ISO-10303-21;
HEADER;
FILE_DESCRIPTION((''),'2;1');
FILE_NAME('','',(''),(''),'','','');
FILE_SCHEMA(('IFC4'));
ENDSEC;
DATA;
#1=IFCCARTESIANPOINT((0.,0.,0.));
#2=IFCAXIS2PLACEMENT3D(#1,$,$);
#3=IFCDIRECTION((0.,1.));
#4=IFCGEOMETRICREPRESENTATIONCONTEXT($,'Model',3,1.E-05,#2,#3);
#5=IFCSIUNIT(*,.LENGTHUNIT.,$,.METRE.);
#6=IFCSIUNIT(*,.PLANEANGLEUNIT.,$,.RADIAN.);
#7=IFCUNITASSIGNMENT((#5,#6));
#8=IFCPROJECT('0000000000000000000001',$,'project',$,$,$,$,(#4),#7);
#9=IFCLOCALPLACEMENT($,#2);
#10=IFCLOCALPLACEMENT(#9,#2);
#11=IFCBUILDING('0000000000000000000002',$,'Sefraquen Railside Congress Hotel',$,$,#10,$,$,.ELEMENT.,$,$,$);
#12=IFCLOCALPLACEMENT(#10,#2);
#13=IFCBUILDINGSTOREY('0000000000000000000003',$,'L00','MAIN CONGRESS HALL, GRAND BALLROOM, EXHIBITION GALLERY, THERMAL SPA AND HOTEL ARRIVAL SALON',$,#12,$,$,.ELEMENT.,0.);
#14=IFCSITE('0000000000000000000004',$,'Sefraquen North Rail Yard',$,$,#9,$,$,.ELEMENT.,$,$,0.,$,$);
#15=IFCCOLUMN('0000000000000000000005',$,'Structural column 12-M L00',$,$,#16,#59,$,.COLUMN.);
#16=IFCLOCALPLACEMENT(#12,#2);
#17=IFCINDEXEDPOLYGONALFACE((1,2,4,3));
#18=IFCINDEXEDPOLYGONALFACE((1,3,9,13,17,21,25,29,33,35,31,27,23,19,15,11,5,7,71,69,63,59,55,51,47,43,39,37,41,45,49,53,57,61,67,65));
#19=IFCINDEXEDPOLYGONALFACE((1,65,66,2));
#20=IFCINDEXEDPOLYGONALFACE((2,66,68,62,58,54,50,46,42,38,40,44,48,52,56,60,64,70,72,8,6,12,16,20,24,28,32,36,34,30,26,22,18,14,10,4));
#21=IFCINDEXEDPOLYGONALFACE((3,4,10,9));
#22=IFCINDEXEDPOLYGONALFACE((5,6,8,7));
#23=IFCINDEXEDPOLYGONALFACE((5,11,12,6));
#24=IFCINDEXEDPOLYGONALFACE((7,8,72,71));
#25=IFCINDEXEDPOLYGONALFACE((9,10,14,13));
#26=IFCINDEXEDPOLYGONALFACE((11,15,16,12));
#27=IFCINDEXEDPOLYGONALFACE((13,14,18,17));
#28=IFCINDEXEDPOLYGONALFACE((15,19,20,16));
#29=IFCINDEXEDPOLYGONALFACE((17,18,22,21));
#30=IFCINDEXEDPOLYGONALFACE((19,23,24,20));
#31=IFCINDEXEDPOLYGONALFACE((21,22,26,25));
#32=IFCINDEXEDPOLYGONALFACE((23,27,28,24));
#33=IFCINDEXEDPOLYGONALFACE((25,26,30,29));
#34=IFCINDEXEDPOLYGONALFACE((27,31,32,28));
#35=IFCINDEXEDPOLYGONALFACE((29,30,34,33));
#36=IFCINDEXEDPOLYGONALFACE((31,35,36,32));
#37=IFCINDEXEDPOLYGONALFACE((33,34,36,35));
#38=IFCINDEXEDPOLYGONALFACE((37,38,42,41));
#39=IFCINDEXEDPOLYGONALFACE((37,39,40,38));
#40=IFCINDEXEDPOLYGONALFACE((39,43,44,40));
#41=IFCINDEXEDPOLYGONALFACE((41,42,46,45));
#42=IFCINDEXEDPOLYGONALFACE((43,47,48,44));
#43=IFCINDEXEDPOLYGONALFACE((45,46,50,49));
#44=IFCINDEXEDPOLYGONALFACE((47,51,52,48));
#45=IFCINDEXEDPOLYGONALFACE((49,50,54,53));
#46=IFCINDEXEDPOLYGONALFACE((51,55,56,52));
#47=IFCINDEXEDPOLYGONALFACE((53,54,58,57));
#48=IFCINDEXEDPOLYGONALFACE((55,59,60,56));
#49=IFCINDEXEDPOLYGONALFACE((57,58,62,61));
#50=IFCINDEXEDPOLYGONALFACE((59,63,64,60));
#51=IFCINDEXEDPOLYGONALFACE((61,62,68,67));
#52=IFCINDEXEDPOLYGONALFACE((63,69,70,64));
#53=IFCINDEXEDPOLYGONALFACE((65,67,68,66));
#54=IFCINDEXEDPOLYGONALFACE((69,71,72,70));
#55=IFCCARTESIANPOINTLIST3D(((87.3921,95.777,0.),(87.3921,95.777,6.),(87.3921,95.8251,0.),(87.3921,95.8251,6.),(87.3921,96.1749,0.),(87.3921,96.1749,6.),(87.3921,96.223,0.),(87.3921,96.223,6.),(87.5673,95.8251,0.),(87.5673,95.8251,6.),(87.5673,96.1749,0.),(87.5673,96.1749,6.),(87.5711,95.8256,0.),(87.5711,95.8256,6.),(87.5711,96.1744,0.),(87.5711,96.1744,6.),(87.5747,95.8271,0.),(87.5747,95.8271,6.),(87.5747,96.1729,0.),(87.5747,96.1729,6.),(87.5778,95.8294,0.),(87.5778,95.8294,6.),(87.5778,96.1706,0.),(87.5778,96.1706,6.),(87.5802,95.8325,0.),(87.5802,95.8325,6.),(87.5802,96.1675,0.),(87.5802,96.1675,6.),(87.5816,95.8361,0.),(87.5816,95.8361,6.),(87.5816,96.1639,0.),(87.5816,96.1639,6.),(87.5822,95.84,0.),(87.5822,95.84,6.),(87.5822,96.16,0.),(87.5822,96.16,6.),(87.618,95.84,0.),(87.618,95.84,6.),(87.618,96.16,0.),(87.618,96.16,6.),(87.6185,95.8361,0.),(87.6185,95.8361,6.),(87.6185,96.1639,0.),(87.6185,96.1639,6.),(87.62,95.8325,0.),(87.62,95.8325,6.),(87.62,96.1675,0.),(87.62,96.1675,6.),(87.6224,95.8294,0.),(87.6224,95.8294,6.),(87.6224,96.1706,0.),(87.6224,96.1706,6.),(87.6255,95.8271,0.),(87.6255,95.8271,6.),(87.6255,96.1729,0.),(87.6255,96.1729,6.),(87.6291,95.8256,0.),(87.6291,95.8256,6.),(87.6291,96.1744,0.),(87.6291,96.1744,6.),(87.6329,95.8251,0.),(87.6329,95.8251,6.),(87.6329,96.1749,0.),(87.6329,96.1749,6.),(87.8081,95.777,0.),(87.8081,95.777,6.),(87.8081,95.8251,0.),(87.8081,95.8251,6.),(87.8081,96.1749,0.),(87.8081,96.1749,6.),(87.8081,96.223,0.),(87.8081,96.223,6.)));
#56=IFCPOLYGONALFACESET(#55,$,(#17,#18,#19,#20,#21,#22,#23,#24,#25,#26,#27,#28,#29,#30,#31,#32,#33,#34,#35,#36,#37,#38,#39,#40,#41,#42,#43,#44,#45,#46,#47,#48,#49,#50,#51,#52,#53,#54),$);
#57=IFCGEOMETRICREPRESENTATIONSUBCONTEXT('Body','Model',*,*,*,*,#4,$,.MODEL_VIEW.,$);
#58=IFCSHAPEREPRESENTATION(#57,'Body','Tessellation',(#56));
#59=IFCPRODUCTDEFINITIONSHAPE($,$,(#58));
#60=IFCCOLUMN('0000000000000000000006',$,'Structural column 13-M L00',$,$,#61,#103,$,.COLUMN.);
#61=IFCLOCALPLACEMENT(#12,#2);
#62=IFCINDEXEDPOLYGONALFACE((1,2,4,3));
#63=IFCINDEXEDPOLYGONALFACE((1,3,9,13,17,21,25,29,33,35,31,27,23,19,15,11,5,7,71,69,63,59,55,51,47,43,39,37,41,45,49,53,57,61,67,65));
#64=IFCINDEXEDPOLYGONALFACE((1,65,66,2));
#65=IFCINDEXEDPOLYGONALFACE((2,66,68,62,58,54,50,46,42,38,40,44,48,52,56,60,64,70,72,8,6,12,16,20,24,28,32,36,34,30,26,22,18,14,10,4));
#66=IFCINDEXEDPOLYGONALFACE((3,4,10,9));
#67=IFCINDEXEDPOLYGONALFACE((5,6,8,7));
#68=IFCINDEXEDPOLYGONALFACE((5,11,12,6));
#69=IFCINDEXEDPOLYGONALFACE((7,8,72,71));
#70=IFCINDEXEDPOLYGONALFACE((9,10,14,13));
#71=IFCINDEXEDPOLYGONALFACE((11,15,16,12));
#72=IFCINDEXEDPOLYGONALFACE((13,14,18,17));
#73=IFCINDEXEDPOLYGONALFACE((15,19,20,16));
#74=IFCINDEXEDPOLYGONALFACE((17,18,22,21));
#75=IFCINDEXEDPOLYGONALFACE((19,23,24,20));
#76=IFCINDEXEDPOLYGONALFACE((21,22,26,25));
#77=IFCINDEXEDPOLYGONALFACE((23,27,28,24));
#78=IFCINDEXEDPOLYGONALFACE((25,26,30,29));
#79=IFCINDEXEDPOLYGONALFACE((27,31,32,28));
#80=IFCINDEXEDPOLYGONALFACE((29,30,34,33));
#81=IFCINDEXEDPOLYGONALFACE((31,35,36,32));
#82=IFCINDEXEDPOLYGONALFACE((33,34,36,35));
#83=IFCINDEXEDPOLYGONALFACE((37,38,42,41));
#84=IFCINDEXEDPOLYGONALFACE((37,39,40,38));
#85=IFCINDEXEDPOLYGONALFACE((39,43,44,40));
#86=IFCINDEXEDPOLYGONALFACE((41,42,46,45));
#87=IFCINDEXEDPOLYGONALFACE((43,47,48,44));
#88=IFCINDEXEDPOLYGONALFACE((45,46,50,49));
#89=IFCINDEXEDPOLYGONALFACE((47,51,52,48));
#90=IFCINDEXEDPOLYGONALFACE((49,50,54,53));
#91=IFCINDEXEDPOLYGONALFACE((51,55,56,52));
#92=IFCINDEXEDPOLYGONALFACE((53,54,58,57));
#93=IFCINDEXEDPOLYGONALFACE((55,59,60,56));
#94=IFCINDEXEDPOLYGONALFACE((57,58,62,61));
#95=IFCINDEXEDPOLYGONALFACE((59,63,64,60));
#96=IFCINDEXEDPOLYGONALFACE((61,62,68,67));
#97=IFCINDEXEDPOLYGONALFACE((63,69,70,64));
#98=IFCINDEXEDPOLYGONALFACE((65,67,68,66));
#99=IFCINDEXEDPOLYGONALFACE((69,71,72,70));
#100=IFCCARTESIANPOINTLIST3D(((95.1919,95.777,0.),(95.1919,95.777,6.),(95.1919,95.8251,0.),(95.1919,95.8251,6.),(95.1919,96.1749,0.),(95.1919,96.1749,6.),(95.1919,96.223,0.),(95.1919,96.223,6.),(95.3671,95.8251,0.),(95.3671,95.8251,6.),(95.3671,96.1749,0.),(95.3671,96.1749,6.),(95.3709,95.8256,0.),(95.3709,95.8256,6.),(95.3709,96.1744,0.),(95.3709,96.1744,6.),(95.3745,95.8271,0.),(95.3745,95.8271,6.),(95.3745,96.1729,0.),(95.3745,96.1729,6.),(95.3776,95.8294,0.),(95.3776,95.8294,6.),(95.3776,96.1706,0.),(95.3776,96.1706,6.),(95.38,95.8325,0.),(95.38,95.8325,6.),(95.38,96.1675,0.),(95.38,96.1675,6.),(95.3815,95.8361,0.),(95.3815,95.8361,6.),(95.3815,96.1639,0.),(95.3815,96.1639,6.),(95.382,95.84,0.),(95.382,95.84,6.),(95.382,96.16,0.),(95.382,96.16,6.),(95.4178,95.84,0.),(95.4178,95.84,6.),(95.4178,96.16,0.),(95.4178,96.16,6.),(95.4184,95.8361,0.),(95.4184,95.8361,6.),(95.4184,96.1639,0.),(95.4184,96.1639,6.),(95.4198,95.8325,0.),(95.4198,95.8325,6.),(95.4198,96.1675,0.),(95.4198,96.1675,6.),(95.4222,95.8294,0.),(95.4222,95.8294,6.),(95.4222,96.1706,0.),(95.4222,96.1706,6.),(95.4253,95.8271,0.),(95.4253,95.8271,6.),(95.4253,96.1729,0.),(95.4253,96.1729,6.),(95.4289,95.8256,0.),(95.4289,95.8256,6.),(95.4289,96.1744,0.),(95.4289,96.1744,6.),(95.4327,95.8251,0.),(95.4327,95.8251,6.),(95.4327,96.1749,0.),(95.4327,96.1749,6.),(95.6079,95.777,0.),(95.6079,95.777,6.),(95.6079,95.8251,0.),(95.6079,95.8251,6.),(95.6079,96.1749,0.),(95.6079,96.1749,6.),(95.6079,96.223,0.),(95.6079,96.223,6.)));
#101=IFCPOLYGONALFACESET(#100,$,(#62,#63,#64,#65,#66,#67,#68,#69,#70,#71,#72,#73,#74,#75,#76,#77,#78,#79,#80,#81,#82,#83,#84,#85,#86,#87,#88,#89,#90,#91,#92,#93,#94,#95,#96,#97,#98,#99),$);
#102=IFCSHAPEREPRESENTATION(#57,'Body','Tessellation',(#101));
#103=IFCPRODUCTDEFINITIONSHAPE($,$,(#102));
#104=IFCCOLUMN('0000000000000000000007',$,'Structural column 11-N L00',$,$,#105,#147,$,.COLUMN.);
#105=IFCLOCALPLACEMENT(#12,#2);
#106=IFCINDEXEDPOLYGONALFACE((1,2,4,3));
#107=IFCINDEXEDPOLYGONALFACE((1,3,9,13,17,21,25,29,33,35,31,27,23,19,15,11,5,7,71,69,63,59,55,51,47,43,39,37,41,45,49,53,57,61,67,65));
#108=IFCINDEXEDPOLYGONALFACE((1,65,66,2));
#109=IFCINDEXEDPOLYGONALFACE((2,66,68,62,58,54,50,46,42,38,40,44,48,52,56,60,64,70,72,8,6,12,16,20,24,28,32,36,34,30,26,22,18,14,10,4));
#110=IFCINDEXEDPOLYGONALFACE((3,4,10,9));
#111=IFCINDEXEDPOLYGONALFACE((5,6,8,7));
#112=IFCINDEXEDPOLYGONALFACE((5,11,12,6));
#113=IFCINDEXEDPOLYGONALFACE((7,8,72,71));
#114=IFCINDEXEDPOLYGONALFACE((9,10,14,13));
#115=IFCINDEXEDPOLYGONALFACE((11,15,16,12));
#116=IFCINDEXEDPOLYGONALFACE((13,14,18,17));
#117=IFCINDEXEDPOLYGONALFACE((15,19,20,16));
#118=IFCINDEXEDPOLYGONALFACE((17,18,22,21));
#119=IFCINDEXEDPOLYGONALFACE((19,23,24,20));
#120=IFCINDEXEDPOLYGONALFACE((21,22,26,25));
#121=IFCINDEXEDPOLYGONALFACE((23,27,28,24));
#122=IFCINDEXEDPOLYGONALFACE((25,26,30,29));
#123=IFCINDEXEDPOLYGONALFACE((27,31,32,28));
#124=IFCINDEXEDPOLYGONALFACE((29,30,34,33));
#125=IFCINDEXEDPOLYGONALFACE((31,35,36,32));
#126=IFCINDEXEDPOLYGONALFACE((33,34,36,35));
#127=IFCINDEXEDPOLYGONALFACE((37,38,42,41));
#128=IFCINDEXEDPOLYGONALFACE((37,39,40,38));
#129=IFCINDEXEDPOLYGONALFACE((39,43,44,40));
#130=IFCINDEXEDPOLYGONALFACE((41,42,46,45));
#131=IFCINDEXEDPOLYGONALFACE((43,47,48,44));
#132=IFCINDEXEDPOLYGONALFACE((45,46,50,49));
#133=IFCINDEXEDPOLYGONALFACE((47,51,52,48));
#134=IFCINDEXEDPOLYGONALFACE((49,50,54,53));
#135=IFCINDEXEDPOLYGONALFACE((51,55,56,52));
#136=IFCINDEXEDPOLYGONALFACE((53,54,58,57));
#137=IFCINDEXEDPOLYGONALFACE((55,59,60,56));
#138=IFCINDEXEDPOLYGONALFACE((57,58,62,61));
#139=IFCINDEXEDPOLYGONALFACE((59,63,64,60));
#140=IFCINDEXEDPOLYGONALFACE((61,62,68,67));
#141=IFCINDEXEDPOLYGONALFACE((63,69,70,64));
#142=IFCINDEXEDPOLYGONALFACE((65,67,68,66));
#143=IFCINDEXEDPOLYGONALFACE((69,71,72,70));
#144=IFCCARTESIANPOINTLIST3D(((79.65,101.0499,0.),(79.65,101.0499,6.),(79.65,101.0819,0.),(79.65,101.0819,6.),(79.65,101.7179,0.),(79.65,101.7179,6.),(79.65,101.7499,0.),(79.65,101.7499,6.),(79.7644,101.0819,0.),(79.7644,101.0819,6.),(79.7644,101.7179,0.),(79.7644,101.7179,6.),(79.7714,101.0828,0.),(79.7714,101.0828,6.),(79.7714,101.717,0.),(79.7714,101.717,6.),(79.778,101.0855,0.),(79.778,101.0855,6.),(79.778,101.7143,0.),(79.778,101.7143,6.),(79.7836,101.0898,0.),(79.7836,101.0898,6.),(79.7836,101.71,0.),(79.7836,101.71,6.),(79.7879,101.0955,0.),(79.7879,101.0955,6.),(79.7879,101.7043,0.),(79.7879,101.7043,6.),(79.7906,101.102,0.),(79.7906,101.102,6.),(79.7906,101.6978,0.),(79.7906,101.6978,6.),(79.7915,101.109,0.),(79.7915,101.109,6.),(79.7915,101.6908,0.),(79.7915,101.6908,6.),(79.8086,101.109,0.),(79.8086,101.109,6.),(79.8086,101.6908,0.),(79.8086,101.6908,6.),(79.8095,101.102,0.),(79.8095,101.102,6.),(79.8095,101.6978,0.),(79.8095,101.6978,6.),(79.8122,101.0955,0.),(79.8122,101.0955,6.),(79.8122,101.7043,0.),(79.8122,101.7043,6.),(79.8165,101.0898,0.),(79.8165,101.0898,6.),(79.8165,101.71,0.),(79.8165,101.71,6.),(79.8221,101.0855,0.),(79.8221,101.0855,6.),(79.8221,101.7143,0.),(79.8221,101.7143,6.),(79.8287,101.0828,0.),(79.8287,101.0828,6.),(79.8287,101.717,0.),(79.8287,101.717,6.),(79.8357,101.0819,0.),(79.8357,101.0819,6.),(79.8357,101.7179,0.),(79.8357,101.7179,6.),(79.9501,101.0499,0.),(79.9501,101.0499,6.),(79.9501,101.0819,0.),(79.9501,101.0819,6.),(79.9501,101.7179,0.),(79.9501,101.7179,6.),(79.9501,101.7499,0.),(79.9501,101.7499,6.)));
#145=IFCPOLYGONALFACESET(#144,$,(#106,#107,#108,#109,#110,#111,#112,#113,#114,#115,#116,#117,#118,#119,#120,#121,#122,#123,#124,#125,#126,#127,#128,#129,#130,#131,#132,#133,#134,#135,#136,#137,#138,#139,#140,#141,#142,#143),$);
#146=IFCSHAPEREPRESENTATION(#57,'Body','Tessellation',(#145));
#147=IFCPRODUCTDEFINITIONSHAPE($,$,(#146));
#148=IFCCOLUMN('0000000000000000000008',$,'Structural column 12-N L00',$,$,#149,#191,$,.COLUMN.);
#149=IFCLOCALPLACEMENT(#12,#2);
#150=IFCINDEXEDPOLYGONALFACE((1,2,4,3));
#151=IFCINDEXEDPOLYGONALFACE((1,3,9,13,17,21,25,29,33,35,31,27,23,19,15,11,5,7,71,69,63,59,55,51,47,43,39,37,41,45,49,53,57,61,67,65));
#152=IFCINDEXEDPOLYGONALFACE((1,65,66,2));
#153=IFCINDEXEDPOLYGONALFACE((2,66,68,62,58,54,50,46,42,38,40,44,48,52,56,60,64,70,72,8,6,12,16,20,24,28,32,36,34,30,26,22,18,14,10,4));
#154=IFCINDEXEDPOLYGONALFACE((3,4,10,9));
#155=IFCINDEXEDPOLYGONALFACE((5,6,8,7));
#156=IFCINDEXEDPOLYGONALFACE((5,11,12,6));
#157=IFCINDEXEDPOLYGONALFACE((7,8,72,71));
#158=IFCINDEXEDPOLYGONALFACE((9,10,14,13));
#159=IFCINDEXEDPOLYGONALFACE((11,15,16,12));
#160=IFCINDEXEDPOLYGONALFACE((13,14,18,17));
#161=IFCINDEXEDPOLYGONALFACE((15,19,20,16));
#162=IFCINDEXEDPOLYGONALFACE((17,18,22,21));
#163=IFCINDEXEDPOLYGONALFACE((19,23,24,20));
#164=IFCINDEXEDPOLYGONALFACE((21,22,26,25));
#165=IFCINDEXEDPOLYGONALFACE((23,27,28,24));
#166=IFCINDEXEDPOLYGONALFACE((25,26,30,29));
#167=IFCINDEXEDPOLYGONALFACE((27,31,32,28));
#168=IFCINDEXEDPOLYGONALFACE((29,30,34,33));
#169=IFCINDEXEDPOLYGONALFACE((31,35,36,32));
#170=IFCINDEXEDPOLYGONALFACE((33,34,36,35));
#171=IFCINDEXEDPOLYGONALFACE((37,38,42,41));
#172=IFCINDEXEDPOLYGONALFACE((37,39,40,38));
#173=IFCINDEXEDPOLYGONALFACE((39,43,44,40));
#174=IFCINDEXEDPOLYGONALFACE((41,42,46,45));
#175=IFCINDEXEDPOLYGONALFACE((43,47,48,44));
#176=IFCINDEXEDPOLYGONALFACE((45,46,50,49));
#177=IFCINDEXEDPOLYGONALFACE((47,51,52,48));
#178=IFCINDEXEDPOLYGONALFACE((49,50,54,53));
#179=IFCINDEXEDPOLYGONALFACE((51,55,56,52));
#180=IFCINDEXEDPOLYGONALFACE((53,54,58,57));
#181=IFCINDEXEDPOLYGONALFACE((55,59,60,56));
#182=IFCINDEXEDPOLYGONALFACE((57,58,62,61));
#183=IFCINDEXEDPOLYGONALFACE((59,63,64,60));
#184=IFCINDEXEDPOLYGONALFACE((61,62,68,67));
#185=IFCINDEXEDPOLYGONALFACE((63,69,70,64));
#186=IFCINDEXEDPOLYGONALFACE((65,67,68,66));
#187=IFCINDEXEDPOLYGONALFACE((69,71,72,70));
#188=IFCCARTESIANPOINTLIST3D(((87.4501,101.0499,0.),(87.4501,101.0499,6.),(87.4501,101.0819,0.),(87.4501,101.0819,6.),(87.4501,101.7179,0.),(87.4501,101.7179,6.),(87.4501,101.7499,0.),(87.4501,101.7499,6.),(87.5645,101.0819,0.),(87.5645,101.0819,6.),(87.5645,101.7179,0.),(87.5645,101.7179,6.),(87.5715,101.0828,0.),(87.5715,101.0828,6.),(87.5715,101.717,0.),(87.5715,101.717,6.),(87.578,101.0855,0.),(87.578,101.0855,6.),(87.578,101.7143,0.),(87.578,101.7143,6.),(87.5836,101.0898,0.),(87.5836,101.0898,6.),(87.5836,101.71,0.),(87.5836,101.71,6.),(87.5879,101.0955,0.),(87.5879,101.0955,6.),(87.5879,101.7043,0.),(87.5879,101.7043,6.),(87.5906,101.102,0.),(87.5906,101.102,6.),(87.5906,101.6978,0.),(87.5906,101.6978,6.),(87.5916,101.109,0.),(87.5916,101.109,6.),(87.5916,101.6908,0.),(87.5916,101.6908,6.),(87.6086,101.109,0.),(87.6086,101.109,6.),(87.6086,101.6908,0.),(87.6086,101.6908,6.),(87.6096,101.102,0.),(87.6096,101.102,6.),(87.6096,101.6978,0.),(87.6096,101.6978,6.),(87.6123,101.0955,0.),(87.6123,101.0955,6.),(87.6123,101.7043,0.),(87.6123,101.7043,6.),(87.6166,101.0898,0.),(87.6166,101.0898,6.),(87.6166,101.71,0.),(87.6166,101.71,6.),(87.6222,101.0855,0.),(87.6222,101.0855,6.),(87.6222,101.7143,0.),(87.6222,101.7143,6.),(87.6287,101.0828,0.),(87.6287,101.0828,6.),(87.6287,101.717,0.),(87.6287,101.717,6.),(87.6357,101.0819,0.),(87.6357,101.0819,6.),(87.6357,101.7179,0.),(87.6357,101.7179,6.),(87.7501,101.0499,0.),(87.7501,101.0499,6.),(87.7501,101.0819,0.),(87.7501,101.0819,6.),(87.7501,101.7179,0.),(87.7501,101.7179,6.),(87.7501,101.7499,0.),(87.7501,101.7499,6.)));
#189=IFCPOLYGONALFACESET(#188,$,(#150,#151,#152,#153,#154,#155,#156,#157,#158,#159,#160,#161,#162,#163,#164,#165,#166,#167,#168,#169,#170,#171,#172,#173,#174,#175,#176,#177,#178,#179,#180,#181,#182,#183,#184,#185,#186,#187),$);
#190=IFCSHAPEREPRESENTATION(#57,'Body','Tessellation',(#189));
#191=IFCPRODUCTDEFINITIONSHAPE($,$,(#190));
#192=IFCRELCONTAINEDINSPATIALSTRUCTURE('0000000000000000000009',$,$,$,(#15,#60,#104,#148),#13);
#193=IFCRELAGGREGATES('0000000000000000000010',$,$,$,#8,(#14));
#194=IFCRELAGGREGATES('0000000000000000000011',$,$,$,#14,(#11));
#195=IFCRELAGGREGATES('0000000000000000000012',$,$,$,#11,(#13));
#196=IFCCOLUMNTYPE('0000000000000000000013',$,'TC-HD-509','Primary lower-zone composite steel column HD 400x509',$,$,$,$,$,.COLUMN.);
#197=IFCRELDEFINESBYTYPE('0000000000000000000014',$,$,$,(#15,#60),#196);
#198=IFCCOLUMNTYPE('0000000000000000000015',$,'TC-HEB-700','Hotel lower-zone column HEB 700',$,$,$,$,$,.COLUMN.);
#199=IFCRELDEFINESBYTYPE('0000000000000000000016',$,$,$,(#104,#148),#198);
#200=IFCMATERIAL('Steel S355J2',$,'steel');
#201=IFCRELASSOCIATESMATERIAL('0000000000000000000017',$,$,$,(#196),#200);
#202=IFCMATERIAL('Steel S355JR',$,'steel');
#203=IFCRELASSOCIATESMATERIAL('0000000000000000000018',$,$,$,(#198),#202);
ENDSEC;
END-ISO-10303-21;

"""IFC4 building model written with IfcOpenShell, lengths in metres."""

from ifc_helpers import new_model, si_unit, direction, frame, origin, origin_2d, place, context, subcontext, project, spatial, i_section, extrude, material, material_profile, profile_set, type_object, element, save


model = new_model("IFC4")

# Units and contexts
model_context = context("Model", 3, precision=1e-05, world=origin(), true_north=direction((0.0, 1.0)))
body_context = subcontext(model_context, "Body", "Model", "MODEL_VIEW")
ifc_project = project(units=[si_unit("LENGTHUNIT", "METRE"), si_unit("PLANEANGLEUNIT", "RADIAN")], contexts=[model_context])

# Site, building, storey
site_placement = place(None, origin())
site = spatial("IfcSite", under=ifc_project, at=site_placement, Name="Sefraquen North Rail Yard", CompositionType="ELEMENT", RefElevation=0.0)
building_placement = place(site_placement, origin())
building = spatial("IfcBuilding", under=site, at=building_placement, Name="Sefraquen Railside Congress Hotel", CompositionType="ELEMENT")
storey_placement = place(building_placement, origin())
storey = spatial("IfcBuildingStorey", under=building, at=storey_placement, Name="L00", Description="MAIN CONGRESS HALL, GRAND BALLROOM, EXHIBITION GALLERY, THERMAL SPA AND HOTEL ARRIVAL SALON", CompositionType="ELEMENT", Elevation=0.0)

# Columns
ifc_material_1 = material(Name="Steel S355J2", Category="steel")
ifc_material_profile_1 = material_profile(ifc_material_1, i_section(OverallWidth=0.416, OverallDepth=0.446, WebThickness=0.0359, FlangeThickness=0.0481, FilletRadius=0.0149, at=origin_2d()), Name="HD 400x509")
ifc_profile_set_1 = profile_set([ifc_material_profile_1], Name="Steel S355J2")
column_type_1 = type_object("IfcColumnType", Name="TC-HD-509", Description="Primary lower-zone composite steel column HD 400x509", PredefinedType="COLUMN", material=ifc_profile_set_1)
for number, where, z_axis, x_axis, name in (
    (1, (87.6001, 96.0, 0.0), (0.0, 0.0, 1.0), (1.0, 0.0, 0.0), "Structural column 12-M L00"),
    (2, (95.3999, 96.0, 0.0), (0.0, 0.0, 1.0), (1.0, 0.0, 0.0), "Structural column 13-M L00"),
):
    element("IfcColumn", number, at=place(storey_placement, frame(where, z_axis=z_axis, x_axis=x_axis)), inside=storey, type_object=column_type_1, Name=name, PredefinedType="COLUMN", context=body_context, shape_type="SweptSolid", body=[
        extrude(i_section(OverallWidth=0.416, OverallDepth=0.446, WebThickness=0.0359, FlangeThickness=0.0481, FilletRadius=0.0149, at=origin_2d()), origin(), (0.0, 0.0, 1.0), 6.0),
    ])
ifc_material_2 = material(Name="Steel S355JR", Category="steel")
ifc_material_profile_2 = material_profile(ifc_material_2, i_section(OverallWidth=0.3, OverallDepth=0.7, WebThickness=0.0171, FlangeThickness=0.032, FilletRadius=0.0271, at=origin_2d()), Name="HEB 700")
ifc_profile_set_2 = profile_set([ifc_material_profile_2], Name="Steel S355JR")
column_type_2 = type_object("IfcColumnType", Name="TC-HEB-700", Description="Hotel lower-zone column HEB 700", PredefinedType="COLUMN", material=ifc_profile_set_2)
for number, where, z_axis, x_axis, name in (
    (3, (79.8, 101.3999, 0.0), (0.0, 0.0, 1.0), (1.0, 0.0, 0.0), "Structural column 11-N L00"),
    (4, (87.6001, 101.3999, 0.0), (0.0, 0.0, 1.0), (1.0, 0.0, 0.0), "Structural column 12-N L00"),
):
    element("IfcColumn", number, at=place(storey_placement, frame(where, z_axis=z_axis, x_axis=x_axis)), inside=storey, type_object=column_type_2, Name=name, PredefinedType="COLUMN", context=body_context, shape_type="SweptSolid", body=[
        extrude(i_section(OverallWidth=0.3, OverallDepth=0.7, WebThickness=0.0171, FlangeThickness=0.032, FilletRadius=0.0271, at=origin_2d()), origin(), (0.0, 0.0, 1.0), 6.0),
    ])

save(model, "model.ifc")
